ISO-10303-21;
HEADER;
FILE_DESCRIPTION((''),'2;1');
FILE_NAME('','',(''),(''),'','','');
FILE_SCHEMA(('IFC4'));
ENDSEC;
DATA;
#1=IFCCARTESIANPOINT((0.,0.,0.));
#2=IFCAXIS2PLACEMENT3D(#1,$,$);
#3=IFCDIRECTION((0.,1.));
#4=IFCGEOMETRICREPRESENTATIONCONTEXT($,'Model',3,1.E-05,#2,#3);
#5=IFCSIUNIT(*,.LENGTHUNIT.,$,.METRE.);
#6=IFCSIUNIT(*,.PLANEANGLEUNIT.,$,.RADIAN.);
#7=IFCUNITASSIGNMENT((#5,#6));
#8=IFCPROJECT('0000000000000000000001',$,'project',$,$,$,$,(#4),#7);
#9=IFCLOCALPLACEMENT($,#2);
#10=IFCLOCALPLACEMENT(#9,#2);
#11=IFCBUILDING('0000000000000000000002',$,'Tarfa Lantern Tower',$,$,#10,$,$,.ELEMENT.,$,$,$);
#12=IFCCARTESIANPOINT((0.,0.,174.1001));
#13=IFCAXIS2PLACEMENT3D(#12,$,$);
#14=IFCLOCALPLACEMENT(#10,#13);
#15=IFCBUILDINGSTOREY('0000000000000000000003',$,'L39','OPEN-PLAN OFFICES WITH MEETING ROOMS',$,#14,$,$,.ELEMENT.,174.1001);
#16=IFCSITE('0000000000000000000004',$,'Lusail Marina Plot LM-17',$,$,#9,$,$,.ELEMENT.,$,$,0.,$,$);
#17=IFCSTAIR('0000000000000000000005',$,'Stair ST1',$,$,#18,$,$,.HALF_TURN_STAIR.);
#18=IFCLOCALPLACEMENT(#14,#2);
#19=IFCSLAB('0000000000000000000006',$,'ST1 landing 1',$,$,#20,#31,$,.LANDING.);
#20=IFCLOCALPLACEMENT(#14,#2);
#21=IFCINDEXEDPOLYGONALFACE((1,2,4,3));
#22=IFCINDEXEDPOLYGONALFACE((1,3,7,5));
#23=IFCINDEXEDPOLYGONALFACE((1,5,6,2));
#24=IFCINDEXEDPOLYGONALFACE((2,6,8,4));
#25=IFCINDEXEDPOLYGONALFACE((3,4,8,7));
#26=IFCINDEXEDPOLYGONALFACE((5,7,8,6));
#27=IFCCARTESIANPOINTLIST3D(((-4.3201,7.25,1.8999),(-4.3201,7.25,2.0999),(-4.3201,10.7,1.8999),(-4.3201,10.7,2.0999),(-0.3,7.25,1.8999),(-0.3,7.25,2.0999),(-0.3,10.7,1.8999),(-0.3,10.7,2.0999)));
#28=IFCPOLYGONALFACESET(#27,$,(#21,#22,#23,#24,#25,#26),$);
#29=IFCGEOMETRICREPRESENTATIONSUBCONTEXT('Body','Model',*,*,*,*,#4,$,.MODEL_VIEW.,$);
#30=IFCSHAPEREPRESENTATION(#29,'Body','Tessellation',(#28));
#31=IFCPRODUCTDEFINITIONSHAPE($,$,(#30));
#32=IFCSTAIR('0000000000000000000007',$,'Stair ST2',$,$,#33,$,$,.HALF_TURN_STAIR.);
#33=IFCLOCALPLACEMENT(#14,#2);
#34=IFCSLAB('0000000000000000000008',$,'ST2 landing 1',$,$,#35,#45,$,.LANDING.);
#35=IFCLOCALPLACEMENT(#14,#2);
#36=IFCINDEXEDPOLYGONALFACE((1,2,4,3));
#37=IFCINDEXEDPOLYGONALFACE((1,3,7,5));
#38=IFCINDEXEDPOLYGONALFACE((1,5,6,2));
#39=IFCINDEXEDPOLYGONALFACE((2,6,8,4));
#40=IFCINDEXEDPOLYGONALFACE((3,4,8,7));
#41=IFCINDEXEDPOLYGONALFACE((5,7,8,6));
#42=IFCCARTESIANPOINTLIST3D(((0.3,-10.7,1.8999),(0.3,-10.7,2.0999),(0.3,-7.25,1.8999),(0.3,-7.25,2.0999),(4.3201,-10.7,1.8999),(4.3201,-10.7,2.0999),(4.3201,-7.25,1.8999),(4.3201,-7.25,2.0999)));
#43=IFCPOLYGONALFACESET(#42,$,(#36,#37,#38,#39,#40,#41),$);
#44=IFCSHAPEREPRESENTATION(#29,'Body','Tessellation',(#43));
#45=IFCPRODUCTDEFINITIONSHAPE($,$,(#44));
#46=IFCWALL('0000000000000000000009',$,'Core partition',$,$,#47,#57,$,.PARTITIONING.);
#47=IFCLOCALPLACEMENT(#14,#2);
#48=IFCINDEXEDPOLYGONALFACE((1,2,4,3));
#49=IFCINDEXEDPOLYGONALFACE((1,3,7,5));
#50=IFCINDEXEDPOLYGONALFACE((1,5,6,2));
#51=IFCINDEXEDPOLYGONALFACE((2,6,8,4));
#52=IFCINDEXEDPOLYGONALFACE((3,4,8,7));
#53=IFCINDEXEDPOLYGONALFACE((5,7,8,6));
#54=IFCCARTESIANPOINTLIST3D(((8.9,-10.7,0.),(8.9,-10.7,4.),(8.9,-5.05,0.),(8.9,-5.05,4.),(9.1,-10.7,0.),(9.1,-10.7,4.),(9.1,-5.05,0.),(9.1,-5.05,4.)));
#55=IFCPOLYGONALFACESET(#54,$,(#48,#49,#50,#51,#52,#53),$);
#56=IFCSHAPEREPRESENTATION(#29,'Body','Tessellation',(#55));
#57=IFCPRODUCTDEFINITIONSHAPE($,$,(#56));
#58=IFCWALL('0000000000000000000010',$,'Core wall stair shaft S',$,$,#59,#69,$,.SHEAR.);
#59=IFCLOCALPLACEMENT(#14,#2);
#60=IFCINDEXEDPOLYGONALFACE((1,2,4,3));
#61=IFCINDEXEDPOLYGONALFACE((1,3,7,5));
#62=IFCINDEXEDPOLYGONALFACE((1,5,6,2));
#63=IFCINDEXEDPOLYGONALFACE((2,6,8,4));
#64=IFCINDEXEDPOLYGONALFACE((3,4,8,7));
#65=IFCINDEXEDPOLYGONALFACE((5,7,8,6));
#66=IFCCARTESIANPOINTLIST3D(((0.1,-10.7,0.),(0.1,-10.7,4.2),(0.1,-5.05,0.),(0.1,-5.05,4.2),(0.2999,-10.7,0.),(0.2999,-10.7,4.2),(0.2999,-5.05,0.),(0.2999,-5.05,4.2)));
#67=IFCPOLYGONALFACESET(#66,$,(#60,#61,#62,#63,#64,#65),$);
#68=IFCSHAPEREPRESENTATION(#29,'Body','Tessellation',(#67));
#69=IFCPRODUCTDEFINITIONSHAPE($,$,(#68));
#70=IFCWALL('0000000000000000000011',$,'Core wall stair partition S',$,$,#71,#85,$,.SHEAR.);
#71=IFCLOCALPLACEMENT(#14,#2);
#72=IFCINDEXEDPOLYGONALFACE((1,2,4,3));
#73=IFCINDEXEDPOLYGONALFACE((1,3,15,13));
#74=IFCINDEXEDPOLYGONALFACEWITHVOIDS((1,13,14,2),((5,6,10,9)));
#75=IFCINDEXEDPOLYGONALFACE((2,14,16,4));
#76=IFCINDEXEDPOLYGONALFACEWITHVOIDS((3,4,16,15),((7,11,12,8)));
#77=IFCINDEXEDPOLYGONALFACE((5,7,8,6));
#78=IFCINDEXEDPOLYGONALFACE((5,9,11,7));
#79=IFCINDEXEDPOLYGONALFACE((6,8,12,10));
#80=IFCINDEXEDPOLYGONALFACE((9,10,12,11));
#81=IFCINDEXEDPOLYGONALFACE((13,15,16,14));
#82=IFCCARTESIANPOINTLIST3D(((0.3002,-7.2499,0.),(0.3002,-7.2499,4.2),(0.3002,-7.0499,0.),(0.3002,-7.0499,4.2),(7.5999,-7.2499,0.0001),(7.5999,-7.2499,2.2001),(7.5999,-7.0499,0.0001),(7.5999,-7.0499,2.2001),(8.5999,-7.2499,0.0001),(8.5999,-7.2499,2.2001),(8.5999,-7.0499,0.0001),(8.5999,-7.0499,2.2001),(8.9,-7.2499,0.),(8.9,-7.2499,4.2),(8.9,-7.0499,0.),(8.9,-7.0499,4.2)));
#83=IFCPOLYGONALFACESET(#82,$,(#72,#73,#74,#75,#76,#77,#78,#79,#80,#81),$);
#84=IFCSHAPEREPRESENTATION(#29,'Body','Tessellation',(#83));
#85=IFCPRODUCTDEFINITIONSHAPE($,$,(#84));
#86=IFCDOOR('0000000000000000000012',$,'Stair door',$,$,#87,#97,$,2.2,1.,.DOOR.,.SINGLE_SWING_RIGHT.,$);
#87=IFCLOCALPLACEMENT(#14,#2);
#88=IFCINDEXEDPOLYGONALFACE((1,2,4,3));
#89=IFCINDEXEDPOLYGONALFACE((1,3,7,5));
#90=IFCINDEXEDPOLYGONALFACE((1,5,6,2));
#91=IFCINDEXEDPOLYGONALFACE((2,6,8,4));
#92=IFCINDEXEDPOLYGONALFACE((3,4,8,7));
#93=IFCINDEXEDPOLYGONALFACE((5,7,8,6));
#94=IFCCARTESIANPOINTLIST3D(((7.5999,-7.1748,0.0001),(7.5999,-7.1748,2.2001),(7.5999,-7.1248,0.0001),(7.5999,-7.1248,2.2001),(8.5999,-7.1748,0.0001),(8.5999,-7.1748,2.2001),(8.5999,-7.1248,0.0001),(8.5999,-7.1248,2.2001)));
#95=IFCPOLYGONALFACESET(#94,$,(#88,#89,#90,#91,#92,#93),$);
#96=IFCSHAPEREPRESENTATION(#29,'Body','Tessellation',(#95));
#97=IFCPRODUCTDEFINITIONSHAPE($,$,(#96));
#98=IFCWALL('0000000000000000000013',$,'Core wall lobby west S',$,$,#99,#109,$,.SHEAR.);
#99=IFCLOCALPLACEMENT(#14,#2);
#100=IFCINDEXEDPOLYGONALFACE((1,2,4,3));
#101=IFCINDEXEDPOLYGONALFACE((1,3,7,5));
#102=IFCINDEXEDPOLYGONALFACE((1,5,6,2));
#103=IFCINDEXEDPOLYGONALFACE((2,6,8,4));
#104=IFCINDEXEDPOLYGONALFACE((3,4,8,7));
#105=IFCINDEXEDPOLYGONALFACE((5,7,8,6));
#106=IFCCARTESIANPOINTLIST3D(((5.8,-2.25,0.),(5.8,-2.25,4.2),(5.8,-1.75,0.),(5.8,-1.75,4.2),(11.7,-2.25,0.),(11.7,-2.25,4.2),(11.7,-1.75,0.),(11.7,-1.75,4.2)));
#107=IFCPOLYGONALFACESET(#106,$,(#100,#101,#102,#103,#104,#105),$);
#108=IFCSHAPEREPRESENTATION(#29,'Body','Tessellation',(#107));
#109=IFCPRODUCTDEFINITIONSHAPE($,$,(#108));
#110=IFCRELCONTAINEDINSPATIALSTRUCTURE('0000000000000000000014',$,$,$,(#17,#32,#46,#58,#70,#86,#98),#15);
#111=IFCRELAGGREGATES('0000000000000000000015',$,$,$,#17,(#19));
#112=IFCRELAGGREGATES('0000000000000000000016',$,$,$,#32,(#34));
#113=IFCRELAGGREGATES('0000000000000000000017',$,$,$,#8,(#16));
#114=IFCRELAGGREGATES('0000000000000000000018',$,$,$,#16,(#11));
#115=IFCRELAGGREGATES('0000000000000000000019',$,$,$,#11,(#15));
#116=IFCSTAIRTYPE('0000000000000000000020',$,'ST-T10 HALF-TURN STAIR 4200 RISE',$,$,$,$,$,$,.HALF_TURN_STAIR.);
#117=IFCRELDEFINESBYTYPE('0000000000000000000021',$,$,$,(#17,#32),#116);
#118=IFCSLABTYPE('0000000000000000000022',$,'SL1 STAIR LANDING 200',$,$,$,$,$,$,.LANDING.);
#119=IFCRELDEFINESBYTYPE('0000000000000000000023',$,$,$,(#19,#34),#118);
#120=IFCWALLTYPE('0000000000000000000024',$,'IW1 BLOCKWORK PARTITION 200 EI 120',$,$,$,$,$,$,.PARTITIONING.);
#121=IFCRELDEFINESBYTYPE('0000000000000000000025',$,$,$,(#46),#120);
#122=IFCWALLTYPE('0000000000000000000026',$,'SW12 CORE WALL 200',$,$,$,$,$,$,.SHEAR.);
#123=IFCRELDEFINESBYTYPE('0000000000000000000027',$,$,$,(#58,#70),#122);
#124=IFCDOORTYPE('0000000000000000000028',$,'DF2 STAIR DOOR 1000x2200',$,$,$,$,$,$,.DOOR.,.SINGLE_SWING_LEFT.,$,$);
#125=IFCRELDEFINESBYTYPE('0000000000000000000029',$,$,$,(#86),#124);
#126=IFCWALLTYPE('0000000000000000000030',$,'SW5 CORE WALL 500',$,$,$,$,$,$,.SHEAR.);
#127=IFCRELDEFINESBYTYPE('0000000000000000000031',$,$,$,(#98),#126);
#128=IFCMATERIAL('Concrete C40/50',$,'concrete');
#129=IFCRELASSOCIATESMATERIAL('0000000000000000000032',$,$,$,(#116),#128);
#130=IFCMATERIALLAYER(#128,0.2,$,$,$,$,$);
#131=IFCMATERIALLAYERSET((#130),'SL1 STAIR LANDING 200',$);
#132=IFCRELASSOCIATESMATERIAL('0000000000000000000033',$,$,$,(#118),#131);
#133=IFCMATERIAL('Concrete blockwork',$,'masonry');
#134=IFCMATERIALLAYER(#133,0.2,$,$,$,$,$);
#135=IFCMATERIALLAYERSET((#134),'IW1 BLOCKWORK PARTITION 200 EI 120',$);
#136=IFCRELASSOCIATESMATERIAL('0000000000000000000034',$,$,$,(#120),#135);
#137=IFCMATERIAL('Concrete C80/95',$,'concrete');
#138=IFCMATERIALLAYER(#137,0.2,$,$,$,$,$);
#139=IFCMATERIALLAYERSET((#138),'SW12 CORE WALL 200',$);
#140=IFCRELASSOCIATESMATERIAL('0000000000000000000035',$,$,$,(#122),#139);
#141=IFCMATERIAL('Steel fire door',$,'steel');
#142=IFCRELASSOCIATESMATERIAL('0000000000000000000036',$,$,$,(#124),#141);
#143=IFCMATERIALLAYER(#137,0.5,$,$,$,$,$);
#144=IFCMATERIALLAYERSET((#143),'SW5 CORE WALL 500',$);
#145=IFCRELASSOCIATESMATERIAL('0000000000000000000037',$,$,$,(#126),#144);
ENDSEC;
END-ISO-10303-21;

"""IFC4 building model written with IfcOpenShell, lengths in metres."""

from ifc_helpers import new_model, si_unit, direction, frame, frame_2d, origin, place, context, subcontext, project, spatial, polyline, rectangle, outline, extrude, material, layer, layer_set, type_object, element, fill, aggregate, save


model = new_model("IFC4")

# Units and contexts
model_context = context("Model", 3, precision=1e-05, world=origin(), true_north=direction((0.0, 1.0)))
body_context = subcontext(model_context, "Body", "Model", "MODEL_VIEW")
ifc_project = project(units=[si_unit("LENGTHUNIT", "METRE"), si_unit("PLANEANGLEUNIT", "RADIAN")], contexts=[model_context])

# Site, building, storey
site_placement = place(None, origin())
site = spatial("IfcSite", under=ifc_project, at=site_placement, Name="Lusail Marina Plot LM-17", CompositionType="ELEMENT", RefElevation=0.0)
building_placement = place(site_placement, origin())
building = spatial("IfcBuilding", under=site, at=building_placement, Name="Tarfa Lantern Tower", CompositionType="ELEMENT")
storey_placement = place(building_placement, frame((0.0, 0.0, 174.1001)))
storey = spatial("IfcBuildingStorey", under=building, at=storey_placement, Name="L39", Description="OPEN-PLAN OFFICES WITH MEETING ROOMS", CompositionType="ELEMENT", Elevation=174.1001)

# Stairs, slabs
ifc_material_1 = material(Name="Concrete C40/50", Category="concrete")
stair_type = type_object("IfcStairType", Name="ST-T10 HALF-TURN STAIR 4200 RISE", PredefinedType="HALF_TURN_STAIR", material=ifc_material_1)
stair_1_placement = place(storey_placement, origin())
stair_1 = element("IfcStair", 1, at=stair_1_placement, inside=storey, type_object=stair_type, Name="Stair ST1", PredefinedType="HALF_TURN_STAIR")
ifc_layer_1 = layer(ifc_material_1, 0.2)
ifc_layer_set_1 = layer_set([ifc_layer_1], Name="SL1 STAIR LANDING 200")
slab_type = type_object("IfcSlabType", Name="SL1 STAIR LANDING 200", PredefinedType="LANDING", material=ifc_layer_set_1)
slab_1_placement = place(storey_placement, frame((0.0, 0.0, 1.8999)))
slab_1 = element("IfcSlab", 2, at=slab_1_placement, type_object=slab_type, Name="ST1 landing 1", PredefinedType="LANDING", context=body_context, shape_type="SweptSolid", body=[
    extrude(outline(polyline([(-4.3201, 7.25), (-0.3, 7.25), (-0.3, 10.7), (-4.3201, 10.7), (-4.3201, 7.25)])), origin(), (0.0, 0.0, 1.0), 0.2),
])
aggregate(stair_1, [slab_1])
stair_2_placement = place(storey_placement, origin())
stair_2 = element("IfcStair", 3, at=stair_2_placement, inside=storey, type_object=stair_type, Name="Stair ST2", PredefinedType="HALF_TURN_STAIR")
slab_2_placement = place(storey_placement, frame((0.0, 0.0, 1.8999)))
slab_2 = element("IfcSlab", 4, at=slab_2_placement, type_object=slab_type, Name="ST2 landing 1", PredefinedType="LANDING", context=body_context, shape_type="SweptSolid", body=[
    extrude(outline(polyline([(4.3201, -7.25), (0.3, -7.25), (0.3, -10.7), (4.3201, -10.7), (4.3201, -7.25)])), origin(), (0.0, 0.0, 1.0), 0.2),
])

# Walls
ifc_material_2 = material(Name="Concrete blockwork", Category="masonry")
ifc_layer_2 = layer(ifc_material_2, 0.2)
ifc_layer_set_2 = layer_set([ifc_layer_2], Name="IW1 BLOCKWORK PARTITION 200 EI 120")
wall_type_1 = type_object("IfcWallType", Name="IW1 BLOCKWORK PARTITION 200 EI 120", PredefinedType="PARTITIONING", material=ifc_layer_set_2)
wall_1_placement = place(storey_placement, frame((9.0, -5.05, 0.0), z_axis=(0.0, 0.0, 1.0), x_axis=(0.0, -1.0, 0.0)))
element("IfcWall", 5, at=wall_1_placement, inside=storey, type_object=wall_type_1, Name="Core partition", PredefinedType="PARTITIONING", context=body_context, shape_type="SweptSolid", body=[
    extrude(rectangle(XDim=5.6499, YDim=0.2, at=frame_2d((2.825, 0.0))), origin(), (0.0, 0.0, 1.0), 4.0),
])
ifc_material_3 = material(Name="Concrete C80/95", Category="concrete")
ifc_layer_3 = layer(ifc_material_3, 0.2)
ifc_layer_set_3 = layer_set([ifc_layer_3], Name="SW12 CORE WALL 200")
wall_type_2 = type_object("IfcWallType", Name="SW12 CORE WALL 200", PredefinedType="SHEAR", material=ifc_layer_set_3)
wall_2_placement = place(storey_placement, frame((0.2, -5.05, 0.0), z_axis=(0.0, 0.0, 1.0), x_axis=(0.0, -1.0, 0.0)))
element("IfcWall", 6, at=wall_2_placement, inside=storey, type_object=wall_type_2, Name="Core wall stair shaft S", PredefinedType="SHEAR", context=body_context, shape_type="SweptSolid", body=[
    extrude(rectangle(XDim=5.6499, YDim=0.2, at=frame_2d((2.825, 0.0))), origin(), (0.0, 0.0, 1.0), 4.2),
])

# Wall, opening, door
wall_3_placement = place(storey_placement, frame((8.8999, -7.1499, 0.0), z_axis=(0.0, 0.0, 1.0), x_axis=(-1.0, 0.0, 0.0)))
wall_3 = element("IfcWall", 7, at=wall_3_placement, inside=storey, type_object=wall_type_2, Name="Core wall stair partition S", PredefinedType="SHEAR", context=body_context, shape_type="SweptSolid", body=[
    extrude(rectangle(XDim=8.5999, YDim=0.2, at=frame_2d((4.2998, 0.0))), origin(), (0.0, 0.0, 1.0), 4.2),
])
opening_1_placement = place(wall_3_placement, frame((0.3, 0.0, 0.0)))
opening_1 = element("IfcOpeningElement", 8, at=opening_1_placement, cuts=wall_3, PredefinedType="OPENING", context=body_context, shape_type="SweptSolid", body=[
    extrude(rectangle(XDim=1.0, YDim=2.2, at=frame_2d((0.5, 1.1001))), frame((0.0, 0.1099, 0.0), z_axis=(0.0, -1.0, 0.0), x_axis=(1.0, 0.0, 0.0)), (0.0, 0.0, 1.0), 0.22),
])
ifc_material_4 = material(Name="Steel fire door", Category="steel")
door_type_1 = type_object("IfcDoorType", Name="DF2 STAIR DOOR 1000x2200", OperationType="SINGLE_SWING_LEFT", PredefinedType="DOOR", material=ifc_material_4)
door_1_placement = place(opening_1_placement, origin())
door_1 = element("IfcDoor", 9, at=door_1_placement, inside=storey, type_object=door_type_1, Name="Stair door", OperationType="SINGLE_SWING_RIGHT", OverallHeight=2.2, OverallWidth=1.0, PredefinedType="DOOR", context=body_context, shape_type="SweptSolid", body=[
    extrude(rectangle(XDim=1.0, YDim=2.2, at=frame_2d((0.5, 1.1001))), frame((0.0, 0.0249, 0.0), z_axis=(0.0, -1.0, 0.0), x_axis=(1.0, 0.0, 0.0)), (0.0, 0.0, 1.0), 0.05),
])
fill(opening_1, door_1)

# Wall
ifc_layer_4 = layer(ifc_material_3, 0.5)
ifc_layer_set_4 = layer_set([ifc_layer_4], Name="SW5 CORE WALL 500")
wall_type_3 = type_object("IfcWallType", Name="SW5 CORE WALL 500", PredefinedType="SHEAR", material=ifc_layer_set_4)
wall_4_placement = place(storey_placement, frame((11.7, -2.0, 0.0), z_axis=(0.0, 0.0, 1.0), x_axis=(-1.0, 0.0, 0.0)))
element("IfcWall", 10, at=wall_4_placement, inside=storey, type_object=wall_type_3, Name="Core wall lobby west S", PredefinedType="SHEAR", context=body_context, shape_type="SweptSolid", body=[
    extrude(rectangle(XDim=5.8999, YDim=0.5, at=frame_2d((2.95, 0.0))), origin(), (0.0, 0.0, 1.0), 4.2),
])

aggregate(stair_2, [slab_2])

save(model, "model.ifc")
